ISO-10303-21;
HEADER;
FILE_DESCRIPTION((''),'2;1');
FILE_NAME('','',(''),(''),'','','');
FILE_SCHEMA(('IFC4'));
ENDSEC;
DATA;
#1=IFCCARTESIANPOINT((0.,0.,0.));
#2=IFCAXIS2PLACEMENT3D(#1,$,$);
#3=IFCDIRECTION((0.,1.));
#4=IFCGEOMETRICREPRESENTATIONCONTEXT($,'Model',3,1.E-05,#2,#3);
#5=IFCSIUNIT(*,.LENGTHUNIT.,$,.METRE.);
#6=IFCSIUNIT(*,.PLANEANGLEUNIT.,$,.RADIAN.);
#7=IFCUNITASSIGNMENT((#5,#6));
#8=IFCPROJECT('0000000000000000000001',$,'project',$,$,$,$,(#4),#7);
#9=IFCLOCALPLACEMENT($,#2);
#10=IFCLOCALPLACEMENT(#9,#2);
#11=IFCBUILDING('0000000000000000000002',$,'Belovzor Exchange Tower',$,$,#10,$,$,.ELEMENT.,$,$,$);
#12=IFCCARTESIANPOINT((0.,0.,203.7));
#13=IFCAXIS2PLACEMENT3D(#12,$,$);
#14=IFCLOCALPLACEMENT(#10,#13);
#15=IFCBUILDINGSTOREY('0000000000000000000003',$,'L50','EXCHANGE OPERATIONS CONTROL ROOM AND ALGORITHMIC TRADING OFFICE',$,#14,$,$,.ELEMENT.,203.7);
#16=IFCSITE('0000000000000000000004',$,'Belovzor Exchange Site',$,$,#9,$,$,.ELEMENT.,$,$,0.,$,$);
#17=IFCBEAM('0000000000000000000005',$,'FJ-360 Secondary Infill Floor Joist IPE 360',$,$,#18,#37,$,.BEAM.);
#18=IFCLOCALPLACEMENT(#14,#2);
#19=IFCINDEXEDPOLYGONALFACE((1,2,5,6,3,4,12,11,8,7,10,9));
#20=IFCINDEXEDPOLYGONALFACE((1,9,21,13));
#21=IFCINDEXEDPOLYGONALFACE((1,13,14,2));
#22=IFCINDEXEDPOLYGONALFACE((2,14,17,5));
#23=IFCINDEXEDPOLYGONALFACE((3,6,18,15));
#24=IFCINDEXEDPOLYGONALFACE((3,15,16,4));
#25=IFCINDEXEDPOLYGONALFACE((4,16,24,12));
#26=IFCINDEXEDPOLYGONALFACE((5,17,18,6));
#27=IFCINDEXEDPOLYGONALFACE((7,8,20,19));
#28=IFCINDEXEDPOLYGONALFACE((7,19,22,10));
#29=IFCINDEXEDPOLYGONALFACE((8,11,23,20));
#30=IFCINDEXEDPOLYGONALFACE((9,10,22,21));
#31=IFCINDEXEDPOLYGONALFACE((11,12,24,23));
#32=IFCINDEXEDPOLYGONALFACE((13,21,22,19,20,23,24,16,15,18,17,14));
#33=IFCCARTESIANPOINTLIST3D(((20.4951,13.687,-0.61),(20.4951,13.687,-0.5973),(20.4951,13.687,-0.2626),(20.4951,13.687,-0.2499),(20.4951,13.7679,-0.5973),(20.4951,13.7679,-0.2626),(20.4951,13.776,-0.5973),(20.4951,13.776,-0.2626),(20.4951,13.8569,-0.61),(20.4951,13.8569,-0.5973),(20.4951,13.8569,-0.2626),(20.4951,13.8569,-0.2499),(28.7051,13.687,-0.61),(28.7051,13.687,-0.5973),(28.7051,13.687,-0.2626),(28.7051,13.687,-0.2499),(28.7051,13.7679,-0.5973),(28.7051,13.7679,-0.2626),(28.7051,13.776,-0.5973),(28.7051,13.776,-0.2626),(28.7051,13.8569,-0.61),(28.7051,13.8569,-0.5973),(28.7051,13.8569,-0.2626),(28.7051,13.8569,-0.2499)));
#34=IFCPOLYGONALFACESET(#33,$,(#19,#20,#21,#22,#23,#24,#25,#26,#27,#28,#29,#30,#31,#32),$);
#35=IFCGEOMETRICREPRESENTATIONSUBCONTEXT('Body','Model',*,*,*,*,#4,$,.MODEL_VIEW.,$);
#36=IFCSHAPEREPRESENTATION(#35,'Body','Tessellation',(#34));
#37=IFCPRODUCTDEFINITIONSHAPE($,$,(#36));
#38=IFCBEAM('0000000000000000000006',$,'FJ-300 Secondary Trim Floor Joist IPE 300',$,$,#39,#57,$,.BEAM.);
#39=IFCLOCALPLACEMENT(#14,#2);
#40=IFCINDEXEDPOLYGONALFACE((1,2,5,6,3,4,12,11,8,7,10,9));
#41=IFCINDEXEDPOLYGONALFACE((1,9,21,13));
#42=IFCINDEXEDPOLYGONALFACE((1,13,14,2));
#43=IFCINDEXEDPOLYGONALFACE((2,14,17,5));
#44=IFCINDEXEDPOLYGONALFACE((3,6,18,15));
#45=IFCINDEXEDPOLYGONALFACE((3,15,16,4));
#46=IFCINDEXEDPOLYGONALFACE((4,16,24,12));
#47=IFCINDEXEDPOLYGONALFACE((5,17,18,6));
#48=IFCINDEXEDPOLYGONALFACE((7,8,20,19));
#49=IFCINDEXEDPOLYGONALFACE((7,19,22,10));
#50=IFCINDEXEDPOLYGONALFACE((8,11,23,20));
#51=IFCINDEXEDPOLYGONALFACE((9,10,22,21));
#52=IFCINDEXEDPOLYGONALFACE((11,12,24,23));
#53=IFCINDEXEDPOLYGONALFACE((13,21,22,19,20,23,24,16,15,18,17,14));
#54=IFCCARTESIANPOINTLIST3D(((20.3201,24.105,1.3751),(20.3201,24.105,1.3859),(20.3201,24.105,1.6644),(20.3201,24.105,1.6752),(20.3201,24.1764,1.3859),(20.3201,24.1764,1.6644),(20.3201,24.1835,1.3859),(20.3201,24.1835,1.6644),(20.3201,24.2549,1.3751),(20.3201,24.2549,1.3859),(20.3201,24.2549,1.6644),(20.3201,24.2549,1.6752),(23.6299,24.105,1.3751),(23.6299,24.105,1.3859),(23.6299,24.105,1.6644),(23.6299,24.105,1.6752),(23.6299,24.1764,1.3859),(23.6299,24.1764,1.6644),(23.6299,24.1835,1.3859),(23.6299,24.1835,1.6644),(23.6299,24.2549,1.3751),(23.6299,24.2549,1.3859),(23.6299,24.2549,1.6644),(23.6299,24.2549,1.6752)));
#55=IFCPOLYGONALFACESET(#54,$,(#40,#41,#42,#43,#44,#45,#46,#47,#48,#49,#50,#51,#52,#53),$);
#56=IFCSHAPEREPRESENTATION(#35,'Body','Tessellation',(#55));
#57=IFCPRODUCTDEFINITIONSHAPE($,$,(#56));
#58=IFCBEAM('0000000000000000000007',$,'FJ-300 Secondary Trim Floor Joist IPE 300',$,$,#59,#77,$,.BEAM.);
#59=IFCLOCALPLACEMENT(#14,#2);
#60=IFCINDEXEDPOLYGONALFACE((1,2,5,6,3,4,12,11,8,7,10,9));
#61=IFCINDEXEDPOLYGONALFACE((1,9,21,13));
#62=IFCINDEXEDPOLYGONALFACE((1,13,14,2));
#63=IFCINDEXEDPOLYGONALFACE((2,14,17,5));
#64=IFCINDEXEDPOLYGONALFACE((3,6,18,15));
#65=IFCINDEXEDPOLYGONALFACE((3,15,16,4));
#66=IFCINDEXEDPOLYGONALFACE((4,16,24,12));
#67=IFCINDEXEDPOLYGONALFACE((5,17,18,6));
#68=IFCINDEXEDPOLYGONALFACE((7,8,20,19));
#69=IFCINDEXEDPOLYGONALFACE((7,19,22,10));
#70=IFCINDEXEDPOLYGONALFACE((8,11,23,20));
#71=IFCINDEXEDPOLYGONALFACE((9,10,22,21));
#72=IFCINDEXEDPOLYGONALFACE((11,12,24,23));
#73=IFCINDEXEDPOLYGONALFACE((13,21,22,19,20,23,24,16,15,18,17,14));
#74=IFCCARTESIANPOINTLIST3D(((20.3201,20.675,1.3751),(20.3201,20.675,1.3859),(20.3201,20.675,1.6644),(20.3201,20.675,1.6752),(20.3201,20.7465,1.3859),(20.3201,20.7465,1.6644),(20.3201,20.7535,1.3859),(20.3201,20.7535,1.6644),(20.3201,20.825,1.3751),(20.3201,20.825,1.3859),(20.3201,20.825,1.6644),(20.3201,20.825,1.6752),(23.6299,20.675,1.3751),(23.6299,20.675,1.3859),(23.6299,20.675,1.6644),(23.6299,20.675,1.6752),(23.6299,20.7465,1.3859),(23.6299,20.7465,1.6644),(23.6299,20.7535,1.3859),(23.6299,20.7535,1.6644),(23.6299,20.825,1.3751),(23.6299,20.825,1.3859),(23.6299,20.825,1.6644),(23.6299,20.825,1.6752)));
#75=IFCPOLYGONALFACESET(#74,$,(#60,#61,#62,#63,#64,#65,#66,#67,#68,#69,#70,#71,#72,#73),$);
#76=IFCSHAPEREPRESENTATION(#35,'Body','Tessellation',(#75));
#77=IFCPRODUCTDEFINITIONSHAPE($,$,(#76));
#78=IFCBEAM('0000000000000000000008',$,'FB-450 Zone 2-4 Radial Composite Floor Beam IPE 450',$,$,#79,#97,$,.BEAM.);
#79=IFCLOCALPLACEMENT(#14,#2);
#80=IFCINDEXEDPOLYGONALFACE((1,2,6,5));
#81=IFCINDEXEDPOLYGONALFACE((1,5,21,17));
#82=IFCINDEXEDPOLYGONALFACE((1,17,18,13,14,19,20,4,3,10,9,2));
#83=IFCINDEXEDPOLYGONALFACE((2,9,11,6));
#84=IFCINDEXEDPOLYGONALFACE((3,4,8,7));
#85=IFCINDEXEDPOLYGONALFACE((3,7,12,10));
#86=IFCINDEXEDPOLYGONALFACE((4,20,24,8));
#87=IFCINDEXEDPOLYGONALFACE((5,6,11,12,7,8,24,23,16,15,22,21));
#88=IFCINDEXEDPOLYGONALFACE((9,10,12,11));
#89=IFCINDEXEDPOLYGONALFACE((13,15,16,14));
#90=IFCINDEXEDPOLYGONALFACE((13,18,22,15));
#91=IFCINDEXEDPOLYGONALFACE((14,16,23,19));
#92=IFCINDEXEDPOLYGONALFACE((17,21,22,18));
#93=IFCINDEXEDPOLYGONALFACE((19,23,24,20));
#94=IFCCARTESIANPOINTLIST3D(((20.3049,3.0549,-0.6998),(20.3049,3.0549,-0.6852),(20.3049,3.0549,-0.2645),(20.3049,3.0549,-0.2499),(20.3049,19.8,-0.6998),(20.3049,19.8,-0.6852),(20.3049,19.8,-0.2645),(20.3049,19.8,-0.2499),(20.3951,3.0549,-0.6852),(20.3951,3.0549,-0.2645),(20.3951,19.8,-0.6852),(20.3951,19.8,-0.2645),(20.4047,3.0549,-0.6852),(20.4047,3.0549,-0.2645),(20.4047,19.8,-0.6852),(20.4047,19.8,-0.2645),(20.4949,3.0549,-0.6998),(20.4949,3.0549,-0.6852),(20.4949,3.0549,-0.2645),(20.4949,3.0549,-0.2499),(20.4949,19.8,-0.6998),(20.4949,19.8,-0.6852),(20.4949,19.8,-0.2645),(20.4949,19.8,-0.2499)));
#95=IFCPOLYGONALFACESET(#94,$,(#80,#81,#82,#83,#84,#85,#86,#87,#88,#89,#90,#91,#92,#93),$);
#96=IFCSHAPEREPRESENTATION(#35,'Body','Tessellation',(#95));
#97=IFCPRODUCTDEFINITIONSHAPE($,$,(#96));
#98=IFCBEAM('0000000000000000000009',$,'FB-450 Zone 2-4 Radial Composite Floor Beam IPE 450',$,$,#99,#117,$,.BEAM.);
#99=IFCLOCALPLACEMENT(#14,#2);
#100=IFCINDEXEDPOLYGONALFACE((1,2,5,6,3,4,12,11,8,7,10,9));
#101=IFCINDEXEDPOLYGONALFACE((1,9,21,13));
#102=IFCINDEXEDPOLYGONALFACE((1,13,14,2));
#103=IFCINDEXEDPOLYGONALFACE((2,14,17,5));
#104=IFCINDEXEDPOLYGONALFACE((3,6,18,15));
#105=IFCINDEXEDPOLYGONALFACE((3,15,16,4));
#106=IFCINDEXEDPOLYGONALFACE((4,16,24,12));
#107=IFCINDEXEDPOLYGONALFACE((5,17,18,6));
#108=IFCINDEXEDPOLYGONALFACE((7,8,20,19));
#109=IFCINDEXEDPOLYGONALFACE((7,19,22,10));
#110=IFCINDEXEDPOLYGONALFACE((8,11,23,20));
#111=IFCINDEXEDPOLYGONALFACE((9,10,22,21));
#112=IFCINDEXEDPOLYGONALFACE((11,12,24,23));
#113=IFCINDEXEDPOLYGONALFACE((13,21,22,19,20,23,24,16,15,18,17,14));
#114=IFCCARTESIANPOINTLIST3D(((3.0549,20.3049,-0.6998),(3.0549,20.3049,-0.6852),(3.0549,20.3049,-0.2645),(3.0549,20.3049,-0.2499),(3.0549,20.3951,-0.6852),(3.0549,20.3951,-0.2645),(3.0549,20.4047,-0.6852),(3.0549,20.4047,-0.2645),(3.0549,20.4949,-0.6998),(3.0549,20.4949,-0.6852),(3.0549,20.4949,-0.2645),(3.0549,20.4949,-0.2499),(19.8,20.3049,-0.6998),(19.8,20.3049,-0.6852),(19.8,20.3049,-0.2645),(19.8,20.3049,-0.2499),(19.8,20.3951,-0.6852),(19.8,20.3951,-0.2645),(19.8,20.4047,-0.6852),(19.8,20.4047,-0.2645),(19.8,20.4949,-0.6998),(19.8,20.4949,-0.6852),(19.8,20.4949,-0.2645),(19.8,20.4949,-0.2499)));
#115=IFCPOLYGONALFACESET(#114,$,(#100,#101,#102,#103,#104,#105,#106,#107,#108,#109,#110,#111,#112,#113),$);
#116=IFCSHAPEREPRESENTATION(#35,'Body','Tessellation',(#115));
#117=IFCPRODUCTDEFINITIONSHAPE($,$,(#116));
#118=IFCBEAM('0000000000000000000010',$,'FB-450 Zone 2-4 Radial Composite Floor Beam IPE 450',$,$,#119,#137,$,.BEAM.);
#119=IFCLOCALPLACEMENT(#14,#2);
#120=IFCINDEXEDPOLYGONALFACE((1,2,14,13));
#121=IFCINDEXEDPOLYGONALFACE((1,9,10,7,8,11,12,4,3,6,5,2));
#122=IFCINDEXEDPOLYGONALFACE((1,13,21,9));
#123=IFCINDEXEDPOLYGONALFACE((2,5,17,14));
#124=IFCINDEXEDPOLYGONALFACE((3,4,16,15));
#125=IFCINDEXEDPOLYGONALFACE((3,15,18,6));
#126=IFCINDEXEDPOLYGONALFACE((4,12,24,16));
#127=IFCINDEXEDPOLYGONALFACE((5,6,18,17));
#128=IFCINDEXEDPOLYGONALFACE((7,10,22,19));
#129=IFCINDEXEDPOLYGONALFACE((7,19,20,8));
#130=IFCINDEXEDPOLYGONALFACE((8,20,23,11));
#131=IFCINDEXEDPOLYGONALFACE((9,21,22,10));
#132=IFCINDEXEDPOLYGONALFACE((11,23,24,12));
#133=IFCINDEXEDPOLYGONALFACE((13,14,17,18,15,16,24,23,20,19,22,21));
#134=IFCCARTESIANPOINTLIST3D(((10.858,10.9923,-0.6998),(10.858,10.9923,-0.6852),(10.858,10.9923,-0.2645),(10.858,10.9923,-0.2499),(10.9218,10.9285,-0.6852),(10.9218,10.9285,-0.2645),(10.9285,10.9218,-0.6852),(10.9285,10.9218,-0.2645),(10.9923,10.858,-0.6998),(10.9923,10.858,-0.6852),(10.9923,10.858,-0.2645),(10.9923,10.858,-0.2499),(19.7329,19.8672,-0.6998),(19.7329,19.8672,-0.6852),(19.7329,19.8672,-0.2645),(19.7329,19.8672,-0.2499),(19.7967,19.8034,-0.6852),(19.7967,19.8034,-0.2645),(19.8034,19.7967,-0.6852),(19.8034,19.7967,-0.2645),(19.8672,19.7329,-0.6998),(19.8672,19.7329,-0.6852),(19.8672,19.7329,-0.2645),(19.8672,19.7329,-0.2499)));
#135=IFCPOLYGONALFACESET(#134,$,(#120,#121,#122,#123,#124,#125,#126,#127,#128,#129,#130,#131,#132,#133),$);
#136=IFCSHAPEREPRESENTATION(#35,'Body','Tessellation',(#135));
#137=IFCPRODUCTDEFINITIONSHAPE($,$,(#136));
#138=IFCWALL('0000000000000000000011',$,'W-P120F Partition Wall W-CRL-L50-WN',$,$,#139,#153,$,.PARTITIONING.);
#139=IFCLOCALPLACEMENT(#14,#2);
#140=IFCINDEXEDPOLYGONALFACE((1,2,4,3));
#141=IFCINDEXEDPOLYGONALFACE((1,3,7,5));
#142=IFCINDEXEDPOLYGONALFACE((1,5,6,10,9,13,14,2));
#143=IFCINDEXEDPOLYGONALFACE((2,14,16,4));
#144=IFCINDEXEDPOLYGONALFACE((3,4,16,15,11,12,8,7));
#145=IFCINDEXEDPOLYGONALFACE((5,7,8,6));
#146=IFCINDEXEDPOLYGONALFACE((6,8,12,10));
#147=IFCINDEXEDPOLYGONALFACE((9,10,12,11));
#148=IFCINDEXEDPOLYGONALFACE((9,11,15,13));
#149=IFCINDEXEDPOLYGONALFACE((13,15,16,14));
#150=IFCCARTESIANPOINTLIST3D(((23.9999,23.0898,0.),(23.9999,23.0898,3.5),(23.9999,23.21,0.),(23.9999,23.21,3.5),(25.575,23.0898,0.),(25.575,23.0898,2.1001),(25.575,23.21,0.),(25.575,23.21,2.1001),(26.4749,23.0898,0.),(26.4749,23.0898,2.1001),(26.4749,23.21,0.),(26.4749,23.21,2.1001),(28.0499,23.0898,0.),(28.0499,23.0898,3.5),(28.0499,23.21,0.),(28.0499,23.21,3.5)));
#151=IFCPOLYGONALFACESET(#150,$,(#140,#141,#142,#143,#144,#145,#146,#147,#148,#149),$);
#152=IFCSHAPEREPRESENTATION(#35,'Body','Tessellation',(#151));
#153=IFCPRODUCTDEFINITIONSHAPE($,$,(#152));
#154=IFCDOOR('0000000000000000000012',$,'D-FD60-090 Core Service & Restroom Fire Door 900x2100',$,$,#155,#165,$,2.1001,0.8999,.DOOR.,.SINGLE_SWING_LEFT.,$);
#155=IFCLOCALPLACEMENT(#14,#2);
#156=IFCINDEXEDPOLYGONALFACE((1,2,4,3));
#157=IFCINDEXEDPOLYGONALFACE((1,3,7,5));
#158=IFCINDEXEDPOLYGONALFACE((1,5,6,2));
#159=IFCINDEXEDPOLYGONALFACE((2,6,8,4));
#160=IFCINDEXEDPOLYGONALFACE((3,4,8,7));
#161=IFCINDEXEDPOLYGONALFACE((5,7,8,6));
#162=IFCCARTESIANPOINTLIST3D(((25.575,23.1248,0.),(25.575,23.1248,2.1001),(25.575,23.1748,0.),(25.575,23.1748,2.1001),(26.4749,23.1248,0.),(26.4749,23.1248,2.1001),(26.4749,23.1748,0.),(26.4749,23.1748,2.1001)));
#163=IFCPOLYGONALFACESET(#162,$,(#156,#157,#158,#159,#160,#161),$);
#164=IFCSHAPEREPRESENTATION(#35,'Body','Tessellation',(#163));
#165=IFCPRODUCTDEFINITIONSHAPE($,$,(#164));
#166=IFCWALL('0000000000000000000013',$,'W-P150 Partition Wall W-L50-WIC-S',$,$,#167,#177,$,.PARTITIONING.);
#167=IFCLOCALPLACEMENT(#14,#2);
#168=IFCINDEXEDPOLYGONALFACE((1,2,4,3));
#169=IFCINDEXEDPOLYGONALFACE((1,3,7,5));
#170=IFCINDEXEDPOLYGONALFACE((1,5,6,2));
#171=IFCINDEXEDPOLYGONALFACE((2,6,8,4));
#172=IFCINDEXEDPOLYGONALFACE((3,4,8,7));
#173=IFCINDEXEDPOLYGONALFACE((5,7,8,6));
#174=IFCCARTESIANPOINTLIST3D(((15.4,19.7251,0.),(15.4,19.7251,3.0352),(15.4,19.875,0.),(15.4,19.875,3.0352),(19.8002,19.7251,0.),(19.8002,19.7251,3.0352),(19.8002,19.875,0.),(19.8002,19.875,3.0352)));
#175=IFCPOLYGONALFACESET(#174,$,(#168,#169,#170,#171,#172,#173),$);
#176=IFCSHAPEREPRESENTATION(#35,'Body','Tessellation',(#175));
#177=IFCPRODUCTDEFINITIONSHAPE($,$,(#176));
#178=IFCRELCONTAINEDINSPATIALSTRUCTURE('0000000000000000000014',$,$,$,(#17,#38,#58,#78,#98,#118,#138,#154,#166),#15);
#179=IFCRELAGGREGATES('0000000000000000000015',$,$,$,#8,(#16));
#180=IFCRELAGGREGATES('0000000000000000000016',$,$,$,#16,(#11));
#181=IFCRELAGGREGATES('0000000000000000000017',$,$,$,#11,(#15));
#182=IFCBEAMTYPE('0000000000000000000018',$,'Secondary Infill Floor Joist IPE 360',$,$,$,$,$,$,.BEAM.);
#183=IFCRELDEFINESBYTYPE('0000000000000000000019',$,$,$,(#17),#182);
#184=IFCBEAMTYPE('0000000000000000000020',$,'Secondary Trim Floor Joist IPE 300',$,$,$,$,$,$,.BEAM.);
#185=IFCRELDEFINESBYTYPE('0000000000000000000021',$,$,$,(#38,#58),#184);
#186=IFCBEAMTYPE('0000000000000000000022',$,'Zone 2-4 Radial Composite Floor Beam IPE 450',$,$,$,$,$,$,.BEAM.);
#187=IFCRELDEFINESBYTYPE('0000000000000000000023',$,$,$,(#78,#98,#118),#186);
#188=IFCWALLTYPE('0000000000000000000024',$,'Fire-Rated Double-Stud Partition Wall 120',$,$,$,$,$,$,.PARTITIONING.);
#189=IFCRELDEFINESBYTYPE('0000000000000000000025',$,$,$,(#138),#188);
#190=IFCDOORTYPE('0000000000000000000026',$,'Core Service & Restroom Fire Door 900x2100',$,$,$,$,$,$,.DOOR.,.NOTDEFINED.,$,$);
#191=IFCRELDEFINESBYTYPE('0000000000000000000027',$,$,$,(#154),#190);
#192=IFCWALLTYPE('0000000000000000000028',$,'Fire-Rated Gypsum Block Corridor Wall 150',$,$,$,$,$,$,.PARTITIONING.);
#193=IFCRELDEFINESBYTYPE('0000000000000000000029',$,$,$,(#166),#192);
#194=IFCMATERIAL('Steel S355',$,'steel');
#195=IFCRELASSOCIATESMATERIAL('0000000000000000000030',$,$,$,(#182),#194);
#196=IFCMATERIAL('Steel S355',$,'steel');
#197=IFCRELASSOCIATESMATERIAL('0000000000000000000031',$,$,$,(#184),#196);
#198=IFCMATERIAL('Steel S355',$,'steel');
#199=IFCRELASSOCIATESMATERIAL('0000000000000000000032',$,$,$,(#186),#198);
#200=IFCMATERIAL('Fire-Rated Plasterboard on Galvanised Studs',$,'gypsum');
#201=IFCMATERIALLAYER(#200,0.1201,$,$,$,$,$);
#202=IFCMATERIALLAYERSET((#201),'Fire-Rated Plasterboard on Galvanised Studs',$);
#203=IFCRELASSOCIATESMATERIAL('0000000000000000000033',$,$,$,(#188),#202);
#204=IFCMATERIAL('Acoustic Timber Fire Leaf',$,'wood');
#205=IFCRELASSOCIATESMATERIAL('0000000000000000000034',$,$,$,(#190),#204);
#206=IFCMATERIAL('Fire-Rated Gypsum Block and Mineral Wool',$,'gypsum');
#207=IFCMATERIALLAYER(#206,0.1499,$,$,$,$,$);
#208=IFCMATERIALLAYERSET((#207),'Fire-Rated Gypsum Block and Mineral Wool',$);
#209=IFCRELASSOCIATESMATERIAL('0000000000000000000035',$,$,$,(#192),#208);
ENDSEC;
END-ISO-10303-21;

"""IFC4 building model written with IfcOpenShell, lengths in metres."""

from ifc_helpers import new_model, si_unit, direction, frame, frame_2d, origin, origin_2d, place, context, subcontext, project, spatial, rectangle, i_section, extrude, material, layer, layer_set, material_profile, profile_set, type_object, element, fill, save


model = new_model("IFC4")

# Units and contexts
model_context = context("Model", 3, precision=1e-05, world=origin(), true_north=direction((0.0, 1.0)))
body_context = subcontext(model_context, "Body", "Model", "MODEL_VIEW")
ifc_project = project(units=[si_unit("LENGTHUNIT", "METRE"), si_unit("PLANEANGLEUNIT", "RADIAN")], contexts=[model_context])

# Site, building, storey
site_placement = place(None, origin())
site = spatial("IfcSite", under=ifc_project, at=site_placement, Name="Belovzor Exchange Site", CompositionType="ELEMENT", RefElevation=0.0)
building_placement = place(site_placement, origin())
building = spatial("IfcBuilding", under=site, at=building_placement, Name="Belovzor Exchange Tower", CompositionType="ELEMENT")
storey_placement = place(building_placement, frame((0.0, 0.0, 203.7)))
storey = spatial("IfcBuildingStorey", under=building, at=storey_placement, Name="L50", Description="EXCHANGE OPERATIONS CONTROL ROOM AND ALGORITHMIC TRADING OFFICE", CompositionType="ELEMENT", Elevation=203.7)

# Beams
ifc_material_1 = material(Name="Steel S355", Category="steel")
ifc_material_profile_1 = material_profile(ifc_material_1, i_section(OverallWidth=0.1699, OverallDepth=0.3601, WebThickness=0.0081, FlangeThickness=0.0127, at=origin_2d()))
ifc_profile_set_1 = profile_set([ifc_material_profile_1], Name="Steel S355")
beam_type_1 = type_object("IfcBeamType", Name="Secondary Infill Floor Joist IPE 360", PredefinedType="BEAM", material=ifc_profile_set_1)
beam_1_placement = place(storey_placement, frame((20.4951, 13.772, -0.4299), z_axis=(1.0, 0.0, 0.0), x_axis=(0.0, 1.0, 0.0)))
element("IfcBeam", 1, at=beam_1_placement, inside=storey, type_object=beam_type_1, Name="FJ-360 Secondary Infill Floor Joist IPE 360", PredefinedType="BEAM", context=body_context, shape_type="SweptSolid", body=[
    extrude(i_section(OverallWidth=0.1699, OverallDepth=0.3601, WebThickness=0.0081, FlangeThickness=0.0127, at=origin_2d()), origin(), (0.0, 0.0, 1.0), 8.21),
])
ifc_material_2 = material(Name="Steel S355", Category="steel")
ifc_material_profile_2 = material_profile(ifc_material_2, i_section(OverallWidth=0.1499, OverallDepth=0.3, WebThickness=0.0071, FlangeThickness=0.0107, at=origin_2d()))
ifc_profile_set_2 = profile_set([ifc_material_profile_2], Name="Steel S355")
beam_type_2 = type_object("IfcBeamType", Name="Secondary Trim Floor Joist IPE 300", PredefinedType="BEAM", material=ifc_profile_set_2)
for number, where, z_axis, x_axis, name in (
    (2, (20.3201, 24.1799, 1.5251), (1.0, 0.0, 0.0), (0.0, 1.0, 0.0), "FJ-300 Secondary Trim Floor Joist IPE 300"),
    (3, (20.3201, 20.75, 1.5251), (1.0, 0.0, 0.0), (0.0, 1.0, 0.0), "FJ-300 Secondary Trim Floor Joist IPE 300"),
):
    element("IfcBeam", number, at=place(storey_placement, frame(where, z_axis=z_axis, x_axis=x_axis)), inside=storey, type_object=beam_type_2, Name=name, PredefinedType="BEAM", context=body_context, shape_type="SweptSolid", body=[
        extrude(i_section(OverallWidth=0.1499, OverallDepth=0.3, WebThickness=0.0071, FlangeThickness=0.0107, at=origin_2d()), origin(), (0.0, 0.0, 1.0), 3.3098),
    ])
ifc_material_3 = material(Name="Steel S355", Category="steel")
ifc_material_profile_3 = material_profile(ifc_material_3, i_section(OverallWidth=0.1899, OverallDepth=0.45, WebThickness=0.0095, FlangeThickness=0.0146, at=origin_2d()))
ifc_profile_set_3 = profile_set([ifc_material_profile_3], Name="Steel S355")
beam_type_3 = type_object("IfcBeamType", Name="Zone 2-4 Radial Composite Floor Beam IPE 450", PredefinedType="BEAM", material=ifc_profile_set_3)
for number, where, z_axis, x_axis, name in (
    (4, (20.3999, 19.8, -0.4749), (0.0, -1.0, 0.0), (1.0, 0.0, 0.0), "FB-450 Zone 2-4 Radial Composite Floor Beam IPE 450"),
    (5, (19.8, 20.3999, -0.4749), (-1.0, 0.0, 0.0), (0.0, -1.0, 0.0), "FB-450 Zone 2-4 Radial Composite Floor Beam IPE 450"),
):
    element("IfcBeam", number, at=place(storey_placement, frame(where, z_axis=z_axis, x_axis=x_axis)), inside=storey, type_object=beam_type_3, Name=name, PredefinedType="BEAM", context=body_context, shape_type="SweptSolid", body=[
        extrude(i_section(OverallWidth=0.1899, OverallDepth=0.45, WebThickness=0.0095, FlangeThickness=0.0146, at=origin_2d()), origin(), (0.0, 0.0, 1.0), 16.7451),
    ])
beam_2_placement = place(storey_placement, frame((19.8, 19.8, -0.4749), z_axis=(-0.707107, -0.707107, 0.0), x_axis=(0.707107, -0.707107, 0.0)))
element("IfcBeam", 6, at=beam_2_placement, inside=storey, type_object=beam_type_3, Name="FB-450 Zone 2-4 Radial Composite Floor Beam IPE 450", PredefinedType="BEAM", context=body_context, shape_type="SweptSolid", body=[
    extrude(i_section(OverallWidth=0.1899, OverallDepth=0.45, WebThickness=0.0095, FlangeThickness=0.0146, at=origin_2d()), origin(), (0.0, 0.0, 1.0), 12.551),
])

# Wall, opening, door
ifc_material_4 = material(Name="Fire-Rated Plasterboard on Galvanised Studs", Category="gypsum")
ifc_layer_1 = layer(ifc_material_4, 0.1201)
ifc_layer_set_1 = layer_set([ifc_layer_1], Name="Fire-Rated Plasterboard on Galvanised Studs")
wall_type_1 = type_object("IfcWallType", Name="Fire-Rated Double-Stud Partition Wall 120", PredefinedType="PARTITIONING", material=ifc_layer_set_1)
wall_1_placement = place(storey_placement, frame((24.0, 23.1499, 0.0), z_axis=(0.0, 0.0, 1.0), x_axis=(1.0, 0.0, 0.0)))
wall_1 = element("IfcWall", 7, at=wall_1_placement, inside=storey, type_object=wall_type_1, Name="W-P120F Partition Wall W-CRL-L50-WN", PredefinedType="PARTITIONING", context=body_context, shape_type="SweptSolid", body=[
    extrude(rectangle(XDim=4.05, YDim=0.1201, at=frame_2d((2.0249, 0.0))), origin(), (0.0, 0.0, 1.0), 3.5),
])
opening_1_placement = place(wall_1_placement, frame((1.575, 0.0, 0.0)))
opening_1 = element("IfcOpeningElement", 8, at=opening_1_placement, cuts=wall_1, PredefinedType="OPENING", context=body_context, shape_type="SweptSolid", body=[
    extrude(rectangle(XDim=0.8999, YDim=2.1001, at=frame_2d((0.45, 1.05))), frame((0.0, 0.0701, 0.0), z_axis=(0.0, -1.0, 0.0), x_axis=(1.0, 0.0, 0.0)), (0.0, 0.0, 1.0), 0.1401),
])
ifc_material_5 = material(Name="Acoustic Timber Fire Leaf", Category="wood")
door_type_1 = type_object("IfcDoorType", Name="Core Service & Restroom Fire Door 900x2100", OperationType="NOTDEFINED", PredefinedType="DOOR", material=ifc_material_5)
door_1_placement = place(opening_1_placement, origin())
door_1 = element("IfcDoor", 9, at=door_1_placement, inside=storey, type_object=door_type_1, Name="D-FD60-090 Core Service & Restroom Fire Door 900x2100", OperationType="SINGLE_SWING_LEFT", OverallHeight=2.1001, OverallWidth=0.8999, PredefinedType="DOOR", context=body_context, shape_type="SweptSolid", body=[
    extrude(rectangle(XDim=0.8999, YDim=2.1001, at=frame_2d((0.45, 1.05))), frame((0.0, 0.0249, 0.0), z_axis=(0.0, -1.0, 0.0), x_axis=(1.0, 0.0, 0.0)), (0.0, 0.0, 1.0), 0.05),
])
fill(opening_1, door_1)

# Wall
ifc_material_6 = material(Name="Fire-Rated Gypsum Block and Mineral Wool", Category="gypsum")
ifc_layer_2 = layer(ifc_material_6, 0.1499)
ifc_layer_set_2 = layer_set([ifc_layer_2], Name="Fire-Rated Gypsum Block and Mineral Wool")
wall_type_2 = type_object("IfcWallType", Name="Fire-Rated Gypsum Block Corridor Wall 150", PredefinedType="PARTITIONING", material=ifc_layer_set_2)
wall_2_placement = place(storey_placement, frame((15.3999, 19.8, 0.0), z_axis=(0.0, 0.0, 1.0), x_axis=(1.0, 0.0, 0.0)))
element("IfcWall", 10, at=wall_2_placement, inside=storey, type_object=wall_type_2, Name="W-P150 Partition Wall W-L50-WIC-S", PredefinedType="PARTITIONING", context=body_context, shape_type="SweptSolid", body=[
    extrude(rectangle(XDim=4.4001, YDim=0.1499, at=frame_2d((2.2002, 0.0))), origin(), (0.0, 0.0, 1.0), 3.0352),
])

save(model, "model.ifc")
